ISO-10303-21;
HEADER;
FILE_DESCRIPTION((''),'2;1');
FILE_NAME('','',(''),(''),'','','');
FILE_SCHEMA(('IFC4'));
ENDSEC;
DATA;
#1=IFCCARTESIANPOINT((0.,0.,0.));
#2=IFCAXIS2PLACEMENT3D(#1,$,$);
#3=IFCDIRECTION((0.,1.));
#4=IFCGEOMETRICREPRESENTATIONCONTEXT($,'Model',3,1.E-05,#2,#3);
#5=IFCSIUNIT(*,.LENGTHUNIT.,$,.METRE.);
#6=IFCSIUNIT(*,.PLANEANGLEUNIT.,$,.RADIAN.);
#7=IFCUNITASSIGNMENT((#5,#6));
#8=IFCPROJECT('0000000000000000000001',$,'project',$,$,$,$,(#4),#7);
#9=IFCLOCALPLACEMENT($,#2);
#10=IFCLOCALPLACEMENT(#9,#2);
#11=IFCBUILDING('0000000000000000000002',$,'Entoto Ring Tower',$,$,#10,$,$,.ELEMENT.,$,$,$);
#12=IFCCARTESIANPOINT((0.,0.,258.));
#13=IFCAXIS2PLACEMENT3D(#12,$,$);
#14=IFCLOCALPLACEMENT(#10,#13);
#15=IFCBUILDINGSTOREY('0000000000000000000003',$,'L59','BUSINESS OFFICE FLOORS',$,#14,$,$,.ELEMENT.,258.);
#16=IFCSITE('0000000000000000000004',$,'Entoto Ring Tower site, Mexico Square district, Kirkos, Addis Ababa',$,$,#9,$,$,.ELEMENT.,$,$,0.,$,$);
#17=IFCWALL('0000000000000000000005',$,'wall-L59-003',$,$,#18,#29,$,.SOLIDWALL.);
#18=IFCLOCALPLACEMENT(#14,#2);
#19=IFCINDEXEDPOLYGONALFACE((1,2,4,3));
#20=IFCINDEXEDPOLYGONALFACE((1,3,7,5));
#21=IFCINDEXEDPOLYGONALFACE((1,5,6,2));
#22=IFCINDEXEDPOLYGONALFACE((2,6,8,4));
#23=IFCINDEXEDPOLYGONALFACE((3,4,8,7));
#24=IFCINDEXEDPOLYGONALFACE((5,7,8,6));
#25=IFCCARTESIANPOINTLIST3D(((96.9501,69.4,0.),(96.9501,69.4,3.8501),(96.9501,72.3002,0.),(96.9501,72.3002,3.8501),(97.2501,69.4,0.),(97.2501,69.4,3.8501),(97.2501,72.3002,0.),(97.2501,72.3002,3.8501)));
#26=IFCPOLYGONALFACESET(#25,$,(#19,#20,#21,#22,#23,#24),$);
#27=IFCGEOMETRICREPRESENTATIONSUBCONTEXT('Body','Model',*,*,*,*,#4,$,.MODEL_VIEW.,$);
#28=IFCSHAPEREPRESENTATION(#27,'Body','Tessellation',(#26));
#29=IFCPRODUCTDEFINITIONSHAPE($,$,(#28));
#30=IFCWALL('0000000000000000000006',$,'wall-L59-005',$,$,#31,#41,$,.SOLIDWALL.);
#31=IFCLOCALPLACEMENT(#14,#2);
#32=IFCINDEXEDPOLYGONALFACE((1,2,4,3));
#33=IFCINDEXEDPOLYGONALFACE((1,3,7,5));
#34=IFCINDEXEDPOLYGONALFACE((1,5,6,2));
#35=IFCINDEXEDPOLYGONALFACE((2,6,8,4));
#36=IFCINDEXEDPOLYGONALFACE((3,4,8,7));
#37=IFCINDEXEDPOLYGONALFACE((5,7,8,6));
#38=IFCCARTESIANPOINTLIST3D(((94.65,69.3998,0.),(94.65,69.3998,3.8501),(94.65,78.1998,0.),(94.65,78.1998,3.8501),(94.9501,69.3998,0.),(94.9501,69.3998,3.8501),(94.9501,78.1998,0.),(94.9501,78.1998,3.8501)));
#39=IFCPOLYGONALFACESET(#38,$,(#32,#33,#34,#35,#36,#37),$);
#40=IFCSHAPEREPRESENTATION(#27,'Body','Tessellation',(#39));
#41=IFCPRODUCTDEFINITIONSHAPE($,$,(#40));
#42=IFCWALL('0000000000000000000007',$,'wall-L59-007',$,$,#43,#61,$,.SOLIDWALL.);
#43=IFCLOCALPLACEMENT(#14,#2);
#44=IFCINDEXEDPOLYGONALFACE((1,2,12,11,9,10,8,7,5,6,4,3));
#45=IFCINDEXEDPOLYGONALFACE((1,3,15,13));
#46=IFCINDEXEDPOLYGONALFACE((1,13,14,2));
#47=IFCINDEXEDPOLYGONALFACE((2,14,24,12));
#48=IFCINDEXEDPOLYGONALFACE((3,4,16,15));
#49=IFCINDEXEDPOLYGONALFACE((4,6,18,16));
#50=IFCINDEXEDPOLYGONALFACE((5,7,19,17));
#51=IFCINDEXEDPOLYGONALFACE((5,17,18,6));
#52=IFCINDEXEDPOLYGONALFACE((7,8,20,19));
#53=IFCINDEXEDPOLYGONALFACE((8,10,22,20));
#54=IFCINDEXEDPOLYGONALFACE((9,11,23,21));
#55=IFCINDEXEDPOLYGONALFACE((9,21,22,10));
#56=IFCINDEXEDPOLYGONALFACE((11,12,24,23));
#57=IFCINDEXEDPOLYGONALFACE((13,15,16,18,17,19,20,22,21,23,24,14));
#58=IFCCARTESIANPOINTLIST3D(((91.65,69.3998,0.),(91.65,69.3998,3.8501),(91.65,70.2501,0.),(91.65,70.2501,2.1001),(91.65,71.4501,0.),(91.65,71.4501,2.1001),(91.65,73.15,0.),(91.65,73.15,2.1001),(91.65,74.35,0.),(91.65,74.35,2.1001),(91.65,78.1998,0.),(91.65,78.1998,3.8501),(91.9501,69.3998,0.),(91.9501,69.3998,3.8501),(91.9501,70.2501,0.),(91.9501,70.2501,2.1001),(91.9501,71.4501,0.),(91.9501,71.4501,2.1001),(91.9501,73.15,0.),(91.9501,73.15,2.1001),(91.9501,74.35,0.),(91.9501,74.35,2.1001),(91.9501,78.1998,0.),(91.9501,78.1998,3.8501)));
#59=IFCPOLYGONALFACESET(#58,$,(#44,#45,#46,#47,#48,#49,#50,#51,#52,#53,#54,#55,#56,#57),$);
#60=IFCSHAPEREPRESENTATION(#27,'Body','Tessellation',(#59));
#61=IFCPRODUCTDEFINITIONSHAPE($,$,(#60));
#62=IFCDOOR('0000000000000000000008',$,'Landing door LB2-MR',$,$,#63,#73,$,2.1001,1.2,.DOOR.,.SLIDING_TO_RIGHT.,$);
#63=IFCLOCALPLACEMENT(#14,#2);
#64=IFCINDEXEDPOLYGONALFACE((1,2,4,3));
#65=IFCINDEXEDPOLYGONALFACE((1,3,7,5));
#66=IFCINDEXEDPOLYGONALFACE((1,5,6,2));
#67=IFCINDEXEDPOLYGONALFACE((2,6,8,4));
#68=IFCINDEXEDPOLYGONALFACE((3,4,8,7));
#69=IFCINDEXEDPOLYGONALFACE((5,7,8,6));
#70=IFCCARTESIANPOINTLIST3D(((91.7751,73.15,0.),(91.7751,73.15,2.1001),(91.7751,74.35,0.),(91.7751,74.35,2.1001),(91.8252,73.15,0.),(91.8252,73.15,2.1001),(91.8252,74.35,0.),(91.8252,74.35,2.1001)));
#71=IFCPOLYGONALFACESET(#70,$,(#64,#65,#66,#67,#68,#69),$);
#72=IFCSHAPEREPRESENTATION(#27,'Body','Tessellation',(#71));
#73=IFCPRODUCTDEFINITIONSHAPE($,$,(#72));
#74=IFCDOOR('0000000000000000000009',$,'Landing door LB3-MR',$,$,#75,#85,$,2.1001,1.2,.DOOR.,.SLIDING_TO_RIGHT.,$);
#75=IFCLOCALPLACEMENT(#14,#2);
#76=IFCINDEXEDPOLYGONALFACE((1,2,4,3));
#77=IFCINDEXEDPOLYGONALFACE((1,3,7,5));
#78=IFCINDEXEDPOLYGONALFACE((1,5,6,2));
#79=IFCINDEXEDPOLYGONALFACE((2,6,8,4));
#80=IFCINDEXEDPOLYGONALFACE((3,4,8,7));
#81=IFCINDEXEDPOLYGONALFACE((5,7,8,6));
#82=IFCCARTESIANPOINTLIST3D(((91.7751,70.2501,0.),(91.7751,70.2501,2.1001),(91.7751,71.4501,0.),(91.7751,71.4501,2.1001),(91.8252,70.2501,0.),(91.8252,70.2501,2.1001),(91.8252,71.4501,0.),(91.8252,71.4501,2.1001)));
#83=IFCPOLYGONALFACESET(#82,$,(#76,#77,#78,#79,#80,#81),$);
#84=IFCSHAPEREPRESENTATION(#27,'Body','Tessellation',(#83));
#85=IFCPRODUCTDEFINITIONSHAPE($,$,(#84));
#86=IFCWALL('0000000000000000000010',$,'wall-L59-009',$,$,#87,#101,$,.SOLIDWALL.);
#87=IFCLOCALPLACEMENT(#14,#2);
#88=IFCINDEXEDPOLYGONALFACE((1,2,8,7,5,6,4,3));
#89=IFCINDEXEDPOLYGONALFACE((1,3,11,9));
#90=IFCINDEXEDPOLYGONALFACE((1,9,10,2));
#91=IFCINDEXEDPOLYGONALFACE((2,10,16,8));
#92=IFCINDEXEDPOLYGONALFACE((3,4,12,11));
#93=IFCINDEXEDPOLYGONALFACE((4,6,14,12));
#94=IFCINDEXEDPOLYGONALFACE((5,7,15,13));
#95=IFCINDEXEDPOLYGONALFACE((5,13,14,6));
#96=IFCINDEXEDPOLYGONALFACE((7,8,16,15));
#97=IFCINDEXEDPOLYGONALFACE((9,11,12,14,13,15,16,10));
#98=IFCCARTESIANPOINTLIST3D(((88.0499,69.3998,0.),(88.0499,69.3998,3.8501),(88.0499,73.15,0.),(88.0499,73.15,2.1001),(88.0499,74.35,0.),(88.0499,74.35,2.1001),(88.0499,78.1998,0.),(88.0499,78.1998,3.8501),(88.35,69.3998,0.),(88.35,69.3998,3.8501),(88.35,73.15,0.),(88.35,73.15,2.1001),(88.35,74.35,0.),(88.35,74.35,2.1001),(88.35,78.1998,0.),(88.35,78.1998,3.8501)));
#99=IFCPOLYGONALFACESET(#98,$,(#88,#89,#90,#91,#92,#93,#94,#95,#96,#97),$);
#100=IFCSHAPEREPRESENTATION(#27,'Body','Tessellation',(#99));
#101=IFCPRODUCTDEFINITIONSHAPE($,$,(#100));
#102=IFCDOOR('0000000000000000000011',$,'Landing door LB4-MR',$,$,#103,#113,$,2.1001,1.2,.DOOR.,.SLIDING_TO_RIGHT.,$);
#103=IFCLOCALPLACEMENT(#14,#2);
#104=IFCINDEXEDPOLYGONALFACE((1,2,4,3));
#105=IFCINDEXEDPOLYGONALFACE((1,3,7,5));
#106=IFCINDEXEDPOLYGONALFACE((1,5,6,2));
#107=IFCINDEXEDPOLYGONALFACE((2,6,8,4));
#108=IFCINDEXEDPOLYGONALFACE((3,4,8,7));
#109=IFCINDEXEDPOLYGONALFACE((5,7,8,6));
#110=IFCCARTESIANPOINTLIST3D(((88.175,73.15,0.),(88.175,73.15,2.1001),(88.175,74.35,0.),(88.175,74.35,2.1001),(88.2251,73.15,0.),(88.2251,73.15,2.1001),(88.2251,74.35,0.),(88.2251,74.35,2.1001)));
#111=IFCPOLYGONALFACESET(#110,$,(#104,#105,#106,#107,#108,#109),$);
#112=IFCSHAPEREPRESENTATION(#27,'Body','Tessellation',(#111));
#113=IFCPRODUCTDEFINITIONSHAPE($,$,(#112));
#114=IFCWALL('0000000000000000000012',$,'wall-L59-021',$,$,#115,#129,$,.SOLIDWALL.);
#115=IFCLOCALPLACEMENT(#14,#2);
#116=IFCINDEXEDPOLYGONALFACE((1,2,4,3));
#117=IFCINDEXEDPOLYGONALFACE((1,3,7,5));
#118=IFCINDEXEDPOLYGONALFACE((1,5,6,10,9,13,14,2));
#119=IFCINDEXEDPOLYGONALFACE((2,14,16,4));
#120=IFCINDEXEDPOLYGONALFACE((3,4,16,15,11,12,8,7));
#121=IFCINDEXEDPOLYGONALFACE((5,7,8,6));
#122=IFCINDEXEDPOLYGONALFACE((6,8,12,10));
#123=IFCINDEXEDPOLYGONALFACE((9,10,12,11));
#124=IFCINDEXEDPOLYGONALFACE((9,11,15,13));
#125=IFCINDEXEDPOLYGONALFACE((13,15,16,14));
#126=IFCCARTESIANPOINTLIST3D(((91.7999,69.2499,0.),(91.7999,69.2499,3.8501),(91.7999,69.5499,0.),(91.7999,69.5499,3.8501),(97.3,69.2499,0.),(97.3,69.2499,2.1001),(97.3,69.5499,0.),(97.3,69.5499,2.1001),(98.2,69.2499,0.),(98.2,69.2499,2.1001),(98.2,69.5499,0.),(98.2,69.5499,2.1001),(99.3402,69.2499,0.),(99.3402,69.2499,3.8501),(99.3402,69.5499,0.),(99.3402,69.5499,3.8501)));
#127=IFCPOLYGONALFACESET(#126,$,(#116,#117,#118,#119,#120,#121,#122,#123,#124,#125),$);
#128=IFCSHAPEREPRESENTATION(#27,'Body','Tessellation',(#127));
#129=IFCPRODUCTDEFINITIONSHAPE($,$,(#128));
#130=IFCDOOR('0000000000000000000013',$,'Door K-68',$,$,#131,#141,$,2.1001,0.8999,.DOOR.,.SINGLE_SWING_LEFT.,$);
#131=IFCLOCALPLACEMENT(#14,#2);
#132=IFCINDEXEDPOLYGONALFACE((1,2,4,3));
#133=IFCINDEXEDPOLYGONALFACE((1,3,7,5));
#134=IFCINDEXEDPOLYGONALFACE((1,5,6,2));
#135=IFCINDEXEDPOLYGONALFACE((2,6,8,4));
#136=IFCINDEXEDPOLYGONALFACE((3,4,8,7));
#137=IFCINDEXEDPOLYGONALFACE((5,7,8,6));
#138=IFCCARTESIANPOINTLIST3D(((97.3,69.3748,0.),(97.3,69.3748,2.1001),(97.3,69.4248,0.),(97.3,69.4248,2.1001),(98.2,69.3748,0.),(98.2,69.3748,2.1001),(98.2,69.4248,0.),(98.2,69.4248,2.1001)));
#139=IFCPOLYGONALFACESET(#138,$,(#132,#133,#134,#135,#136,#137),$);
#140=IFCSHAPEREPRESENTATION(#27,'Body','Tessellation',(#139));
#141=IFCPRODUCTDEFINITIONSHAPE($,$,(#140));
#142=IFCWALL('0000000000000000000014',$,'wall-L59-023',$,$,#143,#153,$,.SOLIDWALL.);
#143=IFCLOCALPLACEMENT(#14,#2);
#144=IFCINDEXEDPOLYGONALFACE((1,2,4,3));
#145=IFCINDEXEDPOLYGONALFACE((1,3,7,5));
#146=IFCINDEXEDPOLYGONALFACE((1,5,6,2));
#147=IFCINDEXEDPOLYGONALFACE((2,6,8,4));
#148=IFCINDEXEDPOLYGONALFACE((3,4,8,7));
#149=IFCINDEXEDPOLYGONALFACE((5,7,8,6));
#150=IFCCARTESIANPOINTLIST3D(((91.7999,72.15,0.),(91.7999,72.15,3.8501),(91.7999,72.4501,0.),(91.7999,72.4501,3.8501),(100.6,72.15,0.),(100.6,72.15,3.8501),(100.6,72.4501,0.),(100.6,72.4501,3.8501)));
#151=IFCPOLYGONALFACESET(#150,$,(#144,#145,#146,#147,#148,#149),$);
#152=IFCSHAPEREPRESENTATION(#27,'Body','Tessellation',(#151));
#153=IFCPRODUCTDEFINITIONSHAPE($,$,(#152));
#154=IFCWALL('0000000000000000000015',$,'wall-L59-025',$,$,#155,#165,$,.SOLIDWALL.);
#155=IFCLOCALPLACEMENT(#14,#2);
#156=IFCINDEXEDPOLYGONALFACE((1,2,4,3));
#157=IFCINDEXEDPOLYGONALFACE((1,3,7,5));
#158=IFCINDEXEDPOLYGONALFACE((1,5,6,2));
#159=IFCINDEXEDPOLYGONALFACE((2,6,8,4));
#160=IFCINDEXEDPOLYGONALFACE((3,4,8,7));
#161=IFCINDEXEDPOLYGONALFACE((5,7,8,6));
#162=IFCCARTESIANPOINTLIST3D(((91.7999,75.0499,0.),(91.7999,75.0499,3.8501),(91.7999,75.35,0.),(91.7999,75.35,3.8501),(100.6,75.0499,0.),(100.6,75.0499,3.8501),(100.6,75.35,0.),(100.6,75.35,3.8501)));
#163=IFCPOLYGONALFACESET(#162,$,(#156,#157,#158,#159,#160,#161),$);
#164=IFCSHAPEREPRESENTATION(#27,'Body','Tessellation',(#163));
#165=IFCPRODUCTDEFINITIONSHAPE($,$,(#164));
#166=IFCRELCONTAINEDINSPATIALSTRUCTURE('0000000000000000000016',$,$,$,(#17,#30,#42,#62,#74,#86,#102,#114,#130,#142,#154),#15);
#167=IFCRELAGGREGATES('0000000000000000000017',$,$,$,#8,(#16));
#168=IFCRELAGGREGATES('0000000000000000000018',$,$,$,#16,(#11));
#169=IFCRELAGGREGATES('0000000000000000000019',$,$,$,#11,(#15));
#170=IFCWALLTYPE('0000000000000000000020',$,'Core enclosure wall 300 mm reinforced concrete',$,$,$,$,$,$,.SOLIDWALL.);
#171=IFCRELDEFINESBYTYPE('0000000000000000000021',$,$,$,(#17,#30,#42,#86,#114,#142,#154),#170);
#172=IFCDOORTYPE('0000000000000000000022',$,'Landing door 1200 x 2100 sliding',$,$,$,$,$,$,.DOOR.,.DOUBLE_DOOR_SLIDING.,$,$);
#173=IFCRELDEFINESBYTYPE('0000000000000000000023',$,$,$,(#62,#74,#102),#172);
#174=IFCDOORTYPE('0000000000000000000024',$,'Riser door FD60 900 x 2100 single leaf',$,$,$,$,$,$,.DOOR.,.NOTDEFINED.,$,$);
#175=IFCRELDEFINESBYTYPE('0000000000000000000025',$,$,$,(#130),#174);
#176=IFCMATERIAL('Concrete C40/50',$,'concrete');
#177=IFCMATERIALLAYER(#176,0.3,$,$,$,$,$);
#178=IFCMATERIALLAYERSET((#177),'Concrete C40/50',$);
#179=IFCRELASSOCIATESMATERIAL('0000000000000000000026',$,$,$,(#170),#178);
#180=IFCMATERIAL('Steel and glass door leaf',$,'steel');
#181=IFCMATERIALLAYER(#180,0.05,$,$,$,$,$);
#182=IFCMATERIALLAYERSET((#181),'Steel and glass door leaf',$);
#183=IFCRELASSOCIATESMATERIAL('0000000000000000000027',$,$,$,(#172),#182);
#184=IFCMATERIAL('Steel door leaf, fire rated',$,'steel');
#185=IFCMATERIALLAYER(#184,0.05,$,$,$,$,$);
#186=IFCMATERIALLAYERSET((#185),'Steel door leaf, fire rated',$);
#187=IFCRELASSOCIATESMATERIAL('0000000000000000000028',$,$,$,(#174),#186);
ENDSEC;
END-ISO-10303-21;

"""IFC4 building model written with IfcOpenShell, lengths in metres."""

from ifc_helpers import new_model, si_unit, direction, frame, frame_2d, origin, place, context, subcontext, project, spatial, rectangle, extrude, material, layer, layer_set, type_object, element, fill, save


model = new_model("IFC4")

# Units and contexts
model_context = context("Model", 3, precision=1e-05, world=origin(), true_north=direction((0.0, 1.0)))
body_context = subcontext(model_context, "Body", "Model", "MODEL_VIEW")
ifc_project = project(units=[si_unit("LENGTHUNIT", "METRE"), si_unit("PLANEANGLEUNIT", "RADIAN")], contexts=[model_context])

# Site, building, storey
site_placement = place(None, origin())
site = spatial("IfcSite", under=ifc_project, at=site_placement, Name="Entoto Ring Tower site, Mexico Square district, Kirkos, Addis Ababa", CompositionType="ELEMENT", RefElevation=0.0)
building_placement = place(site_placement, origin())
building = spatial("IfcBuilding", under=site, at=building_placement, Name="Entoto Ring Tower", CompositionType="ELEMENT")
storey_placement = place(building_placement, frame((0.0, 0.0, 258.0)))
storey = spatial("IfcBuildingStorey", under=building, at=storey_placement, Name="L59", Description="BUSINESS OFFICE FLOORS", CompositionType="ELEMENT", Elevation=258.0)

# Walls
ifc_material_1 = material(Name="Concrete C40/50", Category="concrete")
ifc_layer_1 = layer(ifc_material_1, 0.3)
ifc_layer_set_1 = layer_set([ifc_layer_1], Name="Concrete C40/50")
wall_type_1 = type_object("IfcWallType", Name="Core enclosure wall 300 mm reinforced concrete", PredefinedType="SOLIDWALL", material=ifc_layer_set_1)
wall_1_placement = place(storey_placement, frame((97.1001, 69.3999, 0.0), z_axis=(0.0, 0.0, 1.0), x_axis=(0.0, 1.0, 0.0)))
element("IfcWall", 1, at=wall_1_placement, inside=storey, type_object=wall_type_1, Name="wall-L59-003", PredefinedType="SOLIDWALL", context=body_context, shape_type="SweptSolid", body=[
    extrude(rectangle(XDim=2.9001, YDim=0.3, at=frame_2d((1.4502, 0.0))), origin(), (0.0, 0.0, 1.0), 3.8501),
])
wall_2_placement = place(storey_placement, frame((94.8, 69.3999, 0.0), z_axis=(0.0, 0.0, 1.0), x_axis=(0.0, 1.0, 0.0)))
element("IfcWall", 2, at=wall_2_placement, inside=storey, type_object=wall_type_1, Name="wall-L59-005", PredefinedType="SOLIDWALL", context=body_context, shape_type="SweptSolid", body=[
    extrude(rectangle(XDim=8.8, YDim=0.3, at=frame_2d((4.3999, 0.0))), origin(), (0.0, 0.0, 1.0), 3.8501),
])

# Wall, openings, doors
wall_3_placement = place(storey_placement, frame((91.8, 69.3999, 0.0), z_axis=(0.0, 0.0, 1.0), x_axis=(0.0, 1.0, 0.0)))
wall_3 = element("IfcWall", 3, at=wall_3_placement, inside=storey, type_object=wall_type_1, Name="wall-L59-007", PredefinedType="SOLIDWALL", context=body_context, shape_type="SweptSolid", body=[
    extrude(rectangle(XDim=8.8, YDim=0.3, at=frame_2d((4.3999, 0.0))), origin(), (0.0, 0.0, 1.0), 3.8501),
])
opening_1_placement = place(wall_3_placement, frame((3.75, 0.0, 0.0)))
opening_1 = element("IfcOpeningElement", 4, at=opening_1_placement, cuts=wall_3, PredefinedType="OPENING", context=body_context, shape_type="SweptSolid", body=[
    extrude(rectangle(XDim=1.2, YDim=2.1001, at=frame_2d((0.6001, 1.05))), frame((0.0, 0.1602, 0.0), z_axis=(0.0, -1.0, 0.0), x_axis=(1.0, 0.0, 0.0)), (0.0, 0.0, 1.0), 0.3201),
])
opening_2_placement = place(wall_3_placement, frame((0.8501, 0.0, 0.0)))
opening_2 = element("IfcOpeningElement", 5, at=opening_2_placement, cuts=wall_3, PredefinedType="OPENING", context=body_context, shape_type="SweptSolid", body=[
    extrude(rectangle(XDim=1.2, YDim=2.1001, at=frame_2d((0.6001, 1.05))), frame((0.0, 0.1602, 0.0), z_axis=(0.0, -1.0, 0.0), x_axis=(1.0, 0.0, 0.0)), (0.0, 0.0, 1.0), 0.3201),
])
ifc_material_2 = material(Name="Steel and glass door leaf", Category="steel")
ifc_layer_2 = layer(ifc_material_2, 0.05)
ifc_layer_set_2 = layer_set([ifc_layer_2], Name="Steel and glass door leaf")
door_type_1 = type_object("IfcDoorType", Name="Landing door 1200 x 2100 sliding", OperationType="DOUBLE_DOOR_SLIDING", PredefinedType="DOOR", material=ifc_layer_set_2)
door_1_placement = place(opening_1_placement, origin())
door_1 = element("IfcDoor", 6, at=door_1_placement, inside=storey, type_object=door_type_1, Name="Landing door LB2-MR", OperationType="SLIDING_TO_RIGHT", OverallHeight=2.1001, OverallWidth=1.2, PredefinedType="DOOR", context=body_context, shape_type="SweptSolid", body=[
    extrude(rectangle(XDim=1.2, YDim=2.1001, at=frame_2d((0.6001, 1.05))), frame((0.0, 0.0249, 0.0), z_axis=(0.0, -1.0, 0.0), x_axis=(1.0, 0.0, 0.0)), (0.0, 0.0, 1.0), 0.05),
])
fill(opening_1, door_1)
door_2_placement = place(opening_2_placement, origin())
door_2 = element("IfcDoor", 7, at=door_2_placement, inside=storey, type_object=door_type_1, Name="Landing door LB3-MR", OperationType="SLIDING_TO_RIGHT", OverallHeight=2.1001, OverallWidth=1.2, PredefinedType="DOOR", context=body_context, shape_type="SweptSolid", body=[
    extrude(rectangle(XDim=1.2, YDim=2.1001, at=frame_2d((0.6001, 1.05))), frame((0.0, 0.0249, 0.0), z_axis=(0.0, -1.0, 0.0), x_axis=(1.0, 0.0, 0.0)), (0.0, 0.0, 1.0), 0.05),
])
fill(opening_2, door_2)

# Walls, openings, doors
wall_4_placement = place(storey_placement, frame((88.2, 69.3999, 0.0), z_axis=(0.0, 0.0, 1.0), x_axis=(0.0, 1.0, 0.0)))
wall_4 = element("IfcWall", 8, at=wall_4_placement, inside=storey, type_object=wall_type_1, Name="wall-L59-009", PredefinedType="SOLIDWALL", context=body_context, shape_type="SweptSolid", body=[
    extrude(rectangle(XDim=8.8, YDim=0.3, at=frame_2d((4.3999, 0.0))), origin(), (0.0, 0.0, 1.0), 3.8501),
])
opening_3_placement = place(wall_4_placement, frame((3.75, 0.0, 0.0)))
opening_3 = element("IfcOpeningElement", 9, at=opening_3_placement, cuts=wall_4, PredefinedType="OPENING", context=body_context, shape_type="SweptSolid", body=[
    extrude(rectangle(XDim=1.2, YDim=2.1001, at=frame_2d((0.6001, 1.05))), frame((0.0, 0.1602, 0.0), z_axis=(0.0, -1.0, 0.0), x_axis=(1.0, 0.0, 0.0)), (0.0, 0.0, 1.0), 0.3201),
])
door_3_placement = place(opening_3_placement, origin())
door_3 = element("IfcDoor", 10, at=door_3_placement, inside=storey, type_object=door_type_1, Name="Landing door LB4-MR", OperationType="SLIDING_TO_RIGHT", OverallHeight=2.1001, OverallWidth=1.2, PredefinedType="DOOR", context=body_context, shape_type="SweptSolid", body=[
    extrude(rectangle(XDim=1.2, YDim=2.1001, at=frame_2d((0.6001, 1.05))), frame((0.0, 0.0249, 0.0), z_axis=(0.0, -1.0, 0.0), x_axis=(1.0, 0.0, 0.0)), (0.0, 0.0, 1.0), 0.05),
])
fill(opening_3, door_3)
wall_5_placement = place(storey_placement, frame((91.8, 69.3999, 0.0), z_axis=(0.0, 0.0, 1.0), x_axis=(1.0, 0.0, 0.0)))
wall_5 = element("IfcWall", 11, at=wall_5_placement, inside=storey, type_object=wall_type_1, Name="wall-L59-021", PredefinedType="SOLIDWALL", context=body_context, shape_type="SweptSolid", body=[
    extrude(rectangle(XDim=7.5403, YDim=0.3, at=frame_2d((3.77, 0.0))), origin(), (0.0, 0.0, 1.0), 3.8501),
])
opening_4_placement = place(wall_5_placement, frame((5.5, 0.0, 0.0)))
opening_4 = element("IfcOpeningElement", 12, at=opening_4_placement, cuts=wall_5, PredefinedType="OPENING", context=body_context, shape_type="SweptSolid", body=[
    extrude(rectangle(XDim=0.8999, YDim=2.1001, at=frame_2d((0.45, 1.05))), frame((0.0, 0.1602, 0.0), z_axis=(0.0, -1.0, 0.0), x_axis=(1.0, 0.0, 0.0)), (0.0, 0.0, 1.0), 0.3201),
])
ifc_material_3 = material(Name="Steel door leaf, fire rated", Category="steel")
ifc_layer_3 = layer(ifc_material_3, 0.05)
ifc_layer_set_3 = layer_set([ifc_layer_3], Name="Steel door leaf, fire rated")
door_type_2 = type_object("IfcDoorType", Name="Riser door FD60 900 x 2100 single leaf", OperationType="NOTDEFINED", PredefinedType="DOOR", material=ifc_layer_set_3)
door_4_placement = place(opening_4_placement, origin())
door_4 = element("IfcDoor", 13, at=door_4_placement, inside=storey, type_object=door_type_2, Name="Door K-68", OperationType="SINGLE_SWING_LEFT", OverallHeight=2.1001, OverallWidth=0.8999, PredefinedType="DOOR", context=body_context, shape_type="SweptSolid", body=[
    extrude(rectangle(XDim=0.8999, YDim=2.1001, at=frame_2d((0.45, 1.05))), frame((0.0, 0.0249, 0.0), z_axis=(0.0, -1.0, 0.0), x_axis=(1.0, 0.0, 0.0)), (0.0, 0.0, 1.0), 0.05),
])
fill(opening_4, door_4)

# Walls
for number, where, z_axis, x_axis, name in (
    (14, (91.8, 72.3, 0.0), (0.0, 0.0, 1.0), (1.0, 0.0, 0.0), "wall-L59-023"),
    (15, (91.8, 75.2, 0.0), (0.0, 0.0, 1.0), (1.0, 0.0, 0.0), "wall-L59-025"),
):
    element("IfcWall", number, at=place(storey_placement, frame(where, z_axis=z_axis, x_axis=x_axis)), inside=storey, type_object=wall_type_1, Name=name, PredefinedType="SOLIDWALL", context=body_context, shape_type="SweptSolid", body=[
        extrude(rectangle(XDim=8.8, YDim=0.3, at=frame_2d((4.3999, 0.0))), origin(), (0.0, 0.0, 1.0), 3.8501),
    ])

save(model, "model.ifc")
